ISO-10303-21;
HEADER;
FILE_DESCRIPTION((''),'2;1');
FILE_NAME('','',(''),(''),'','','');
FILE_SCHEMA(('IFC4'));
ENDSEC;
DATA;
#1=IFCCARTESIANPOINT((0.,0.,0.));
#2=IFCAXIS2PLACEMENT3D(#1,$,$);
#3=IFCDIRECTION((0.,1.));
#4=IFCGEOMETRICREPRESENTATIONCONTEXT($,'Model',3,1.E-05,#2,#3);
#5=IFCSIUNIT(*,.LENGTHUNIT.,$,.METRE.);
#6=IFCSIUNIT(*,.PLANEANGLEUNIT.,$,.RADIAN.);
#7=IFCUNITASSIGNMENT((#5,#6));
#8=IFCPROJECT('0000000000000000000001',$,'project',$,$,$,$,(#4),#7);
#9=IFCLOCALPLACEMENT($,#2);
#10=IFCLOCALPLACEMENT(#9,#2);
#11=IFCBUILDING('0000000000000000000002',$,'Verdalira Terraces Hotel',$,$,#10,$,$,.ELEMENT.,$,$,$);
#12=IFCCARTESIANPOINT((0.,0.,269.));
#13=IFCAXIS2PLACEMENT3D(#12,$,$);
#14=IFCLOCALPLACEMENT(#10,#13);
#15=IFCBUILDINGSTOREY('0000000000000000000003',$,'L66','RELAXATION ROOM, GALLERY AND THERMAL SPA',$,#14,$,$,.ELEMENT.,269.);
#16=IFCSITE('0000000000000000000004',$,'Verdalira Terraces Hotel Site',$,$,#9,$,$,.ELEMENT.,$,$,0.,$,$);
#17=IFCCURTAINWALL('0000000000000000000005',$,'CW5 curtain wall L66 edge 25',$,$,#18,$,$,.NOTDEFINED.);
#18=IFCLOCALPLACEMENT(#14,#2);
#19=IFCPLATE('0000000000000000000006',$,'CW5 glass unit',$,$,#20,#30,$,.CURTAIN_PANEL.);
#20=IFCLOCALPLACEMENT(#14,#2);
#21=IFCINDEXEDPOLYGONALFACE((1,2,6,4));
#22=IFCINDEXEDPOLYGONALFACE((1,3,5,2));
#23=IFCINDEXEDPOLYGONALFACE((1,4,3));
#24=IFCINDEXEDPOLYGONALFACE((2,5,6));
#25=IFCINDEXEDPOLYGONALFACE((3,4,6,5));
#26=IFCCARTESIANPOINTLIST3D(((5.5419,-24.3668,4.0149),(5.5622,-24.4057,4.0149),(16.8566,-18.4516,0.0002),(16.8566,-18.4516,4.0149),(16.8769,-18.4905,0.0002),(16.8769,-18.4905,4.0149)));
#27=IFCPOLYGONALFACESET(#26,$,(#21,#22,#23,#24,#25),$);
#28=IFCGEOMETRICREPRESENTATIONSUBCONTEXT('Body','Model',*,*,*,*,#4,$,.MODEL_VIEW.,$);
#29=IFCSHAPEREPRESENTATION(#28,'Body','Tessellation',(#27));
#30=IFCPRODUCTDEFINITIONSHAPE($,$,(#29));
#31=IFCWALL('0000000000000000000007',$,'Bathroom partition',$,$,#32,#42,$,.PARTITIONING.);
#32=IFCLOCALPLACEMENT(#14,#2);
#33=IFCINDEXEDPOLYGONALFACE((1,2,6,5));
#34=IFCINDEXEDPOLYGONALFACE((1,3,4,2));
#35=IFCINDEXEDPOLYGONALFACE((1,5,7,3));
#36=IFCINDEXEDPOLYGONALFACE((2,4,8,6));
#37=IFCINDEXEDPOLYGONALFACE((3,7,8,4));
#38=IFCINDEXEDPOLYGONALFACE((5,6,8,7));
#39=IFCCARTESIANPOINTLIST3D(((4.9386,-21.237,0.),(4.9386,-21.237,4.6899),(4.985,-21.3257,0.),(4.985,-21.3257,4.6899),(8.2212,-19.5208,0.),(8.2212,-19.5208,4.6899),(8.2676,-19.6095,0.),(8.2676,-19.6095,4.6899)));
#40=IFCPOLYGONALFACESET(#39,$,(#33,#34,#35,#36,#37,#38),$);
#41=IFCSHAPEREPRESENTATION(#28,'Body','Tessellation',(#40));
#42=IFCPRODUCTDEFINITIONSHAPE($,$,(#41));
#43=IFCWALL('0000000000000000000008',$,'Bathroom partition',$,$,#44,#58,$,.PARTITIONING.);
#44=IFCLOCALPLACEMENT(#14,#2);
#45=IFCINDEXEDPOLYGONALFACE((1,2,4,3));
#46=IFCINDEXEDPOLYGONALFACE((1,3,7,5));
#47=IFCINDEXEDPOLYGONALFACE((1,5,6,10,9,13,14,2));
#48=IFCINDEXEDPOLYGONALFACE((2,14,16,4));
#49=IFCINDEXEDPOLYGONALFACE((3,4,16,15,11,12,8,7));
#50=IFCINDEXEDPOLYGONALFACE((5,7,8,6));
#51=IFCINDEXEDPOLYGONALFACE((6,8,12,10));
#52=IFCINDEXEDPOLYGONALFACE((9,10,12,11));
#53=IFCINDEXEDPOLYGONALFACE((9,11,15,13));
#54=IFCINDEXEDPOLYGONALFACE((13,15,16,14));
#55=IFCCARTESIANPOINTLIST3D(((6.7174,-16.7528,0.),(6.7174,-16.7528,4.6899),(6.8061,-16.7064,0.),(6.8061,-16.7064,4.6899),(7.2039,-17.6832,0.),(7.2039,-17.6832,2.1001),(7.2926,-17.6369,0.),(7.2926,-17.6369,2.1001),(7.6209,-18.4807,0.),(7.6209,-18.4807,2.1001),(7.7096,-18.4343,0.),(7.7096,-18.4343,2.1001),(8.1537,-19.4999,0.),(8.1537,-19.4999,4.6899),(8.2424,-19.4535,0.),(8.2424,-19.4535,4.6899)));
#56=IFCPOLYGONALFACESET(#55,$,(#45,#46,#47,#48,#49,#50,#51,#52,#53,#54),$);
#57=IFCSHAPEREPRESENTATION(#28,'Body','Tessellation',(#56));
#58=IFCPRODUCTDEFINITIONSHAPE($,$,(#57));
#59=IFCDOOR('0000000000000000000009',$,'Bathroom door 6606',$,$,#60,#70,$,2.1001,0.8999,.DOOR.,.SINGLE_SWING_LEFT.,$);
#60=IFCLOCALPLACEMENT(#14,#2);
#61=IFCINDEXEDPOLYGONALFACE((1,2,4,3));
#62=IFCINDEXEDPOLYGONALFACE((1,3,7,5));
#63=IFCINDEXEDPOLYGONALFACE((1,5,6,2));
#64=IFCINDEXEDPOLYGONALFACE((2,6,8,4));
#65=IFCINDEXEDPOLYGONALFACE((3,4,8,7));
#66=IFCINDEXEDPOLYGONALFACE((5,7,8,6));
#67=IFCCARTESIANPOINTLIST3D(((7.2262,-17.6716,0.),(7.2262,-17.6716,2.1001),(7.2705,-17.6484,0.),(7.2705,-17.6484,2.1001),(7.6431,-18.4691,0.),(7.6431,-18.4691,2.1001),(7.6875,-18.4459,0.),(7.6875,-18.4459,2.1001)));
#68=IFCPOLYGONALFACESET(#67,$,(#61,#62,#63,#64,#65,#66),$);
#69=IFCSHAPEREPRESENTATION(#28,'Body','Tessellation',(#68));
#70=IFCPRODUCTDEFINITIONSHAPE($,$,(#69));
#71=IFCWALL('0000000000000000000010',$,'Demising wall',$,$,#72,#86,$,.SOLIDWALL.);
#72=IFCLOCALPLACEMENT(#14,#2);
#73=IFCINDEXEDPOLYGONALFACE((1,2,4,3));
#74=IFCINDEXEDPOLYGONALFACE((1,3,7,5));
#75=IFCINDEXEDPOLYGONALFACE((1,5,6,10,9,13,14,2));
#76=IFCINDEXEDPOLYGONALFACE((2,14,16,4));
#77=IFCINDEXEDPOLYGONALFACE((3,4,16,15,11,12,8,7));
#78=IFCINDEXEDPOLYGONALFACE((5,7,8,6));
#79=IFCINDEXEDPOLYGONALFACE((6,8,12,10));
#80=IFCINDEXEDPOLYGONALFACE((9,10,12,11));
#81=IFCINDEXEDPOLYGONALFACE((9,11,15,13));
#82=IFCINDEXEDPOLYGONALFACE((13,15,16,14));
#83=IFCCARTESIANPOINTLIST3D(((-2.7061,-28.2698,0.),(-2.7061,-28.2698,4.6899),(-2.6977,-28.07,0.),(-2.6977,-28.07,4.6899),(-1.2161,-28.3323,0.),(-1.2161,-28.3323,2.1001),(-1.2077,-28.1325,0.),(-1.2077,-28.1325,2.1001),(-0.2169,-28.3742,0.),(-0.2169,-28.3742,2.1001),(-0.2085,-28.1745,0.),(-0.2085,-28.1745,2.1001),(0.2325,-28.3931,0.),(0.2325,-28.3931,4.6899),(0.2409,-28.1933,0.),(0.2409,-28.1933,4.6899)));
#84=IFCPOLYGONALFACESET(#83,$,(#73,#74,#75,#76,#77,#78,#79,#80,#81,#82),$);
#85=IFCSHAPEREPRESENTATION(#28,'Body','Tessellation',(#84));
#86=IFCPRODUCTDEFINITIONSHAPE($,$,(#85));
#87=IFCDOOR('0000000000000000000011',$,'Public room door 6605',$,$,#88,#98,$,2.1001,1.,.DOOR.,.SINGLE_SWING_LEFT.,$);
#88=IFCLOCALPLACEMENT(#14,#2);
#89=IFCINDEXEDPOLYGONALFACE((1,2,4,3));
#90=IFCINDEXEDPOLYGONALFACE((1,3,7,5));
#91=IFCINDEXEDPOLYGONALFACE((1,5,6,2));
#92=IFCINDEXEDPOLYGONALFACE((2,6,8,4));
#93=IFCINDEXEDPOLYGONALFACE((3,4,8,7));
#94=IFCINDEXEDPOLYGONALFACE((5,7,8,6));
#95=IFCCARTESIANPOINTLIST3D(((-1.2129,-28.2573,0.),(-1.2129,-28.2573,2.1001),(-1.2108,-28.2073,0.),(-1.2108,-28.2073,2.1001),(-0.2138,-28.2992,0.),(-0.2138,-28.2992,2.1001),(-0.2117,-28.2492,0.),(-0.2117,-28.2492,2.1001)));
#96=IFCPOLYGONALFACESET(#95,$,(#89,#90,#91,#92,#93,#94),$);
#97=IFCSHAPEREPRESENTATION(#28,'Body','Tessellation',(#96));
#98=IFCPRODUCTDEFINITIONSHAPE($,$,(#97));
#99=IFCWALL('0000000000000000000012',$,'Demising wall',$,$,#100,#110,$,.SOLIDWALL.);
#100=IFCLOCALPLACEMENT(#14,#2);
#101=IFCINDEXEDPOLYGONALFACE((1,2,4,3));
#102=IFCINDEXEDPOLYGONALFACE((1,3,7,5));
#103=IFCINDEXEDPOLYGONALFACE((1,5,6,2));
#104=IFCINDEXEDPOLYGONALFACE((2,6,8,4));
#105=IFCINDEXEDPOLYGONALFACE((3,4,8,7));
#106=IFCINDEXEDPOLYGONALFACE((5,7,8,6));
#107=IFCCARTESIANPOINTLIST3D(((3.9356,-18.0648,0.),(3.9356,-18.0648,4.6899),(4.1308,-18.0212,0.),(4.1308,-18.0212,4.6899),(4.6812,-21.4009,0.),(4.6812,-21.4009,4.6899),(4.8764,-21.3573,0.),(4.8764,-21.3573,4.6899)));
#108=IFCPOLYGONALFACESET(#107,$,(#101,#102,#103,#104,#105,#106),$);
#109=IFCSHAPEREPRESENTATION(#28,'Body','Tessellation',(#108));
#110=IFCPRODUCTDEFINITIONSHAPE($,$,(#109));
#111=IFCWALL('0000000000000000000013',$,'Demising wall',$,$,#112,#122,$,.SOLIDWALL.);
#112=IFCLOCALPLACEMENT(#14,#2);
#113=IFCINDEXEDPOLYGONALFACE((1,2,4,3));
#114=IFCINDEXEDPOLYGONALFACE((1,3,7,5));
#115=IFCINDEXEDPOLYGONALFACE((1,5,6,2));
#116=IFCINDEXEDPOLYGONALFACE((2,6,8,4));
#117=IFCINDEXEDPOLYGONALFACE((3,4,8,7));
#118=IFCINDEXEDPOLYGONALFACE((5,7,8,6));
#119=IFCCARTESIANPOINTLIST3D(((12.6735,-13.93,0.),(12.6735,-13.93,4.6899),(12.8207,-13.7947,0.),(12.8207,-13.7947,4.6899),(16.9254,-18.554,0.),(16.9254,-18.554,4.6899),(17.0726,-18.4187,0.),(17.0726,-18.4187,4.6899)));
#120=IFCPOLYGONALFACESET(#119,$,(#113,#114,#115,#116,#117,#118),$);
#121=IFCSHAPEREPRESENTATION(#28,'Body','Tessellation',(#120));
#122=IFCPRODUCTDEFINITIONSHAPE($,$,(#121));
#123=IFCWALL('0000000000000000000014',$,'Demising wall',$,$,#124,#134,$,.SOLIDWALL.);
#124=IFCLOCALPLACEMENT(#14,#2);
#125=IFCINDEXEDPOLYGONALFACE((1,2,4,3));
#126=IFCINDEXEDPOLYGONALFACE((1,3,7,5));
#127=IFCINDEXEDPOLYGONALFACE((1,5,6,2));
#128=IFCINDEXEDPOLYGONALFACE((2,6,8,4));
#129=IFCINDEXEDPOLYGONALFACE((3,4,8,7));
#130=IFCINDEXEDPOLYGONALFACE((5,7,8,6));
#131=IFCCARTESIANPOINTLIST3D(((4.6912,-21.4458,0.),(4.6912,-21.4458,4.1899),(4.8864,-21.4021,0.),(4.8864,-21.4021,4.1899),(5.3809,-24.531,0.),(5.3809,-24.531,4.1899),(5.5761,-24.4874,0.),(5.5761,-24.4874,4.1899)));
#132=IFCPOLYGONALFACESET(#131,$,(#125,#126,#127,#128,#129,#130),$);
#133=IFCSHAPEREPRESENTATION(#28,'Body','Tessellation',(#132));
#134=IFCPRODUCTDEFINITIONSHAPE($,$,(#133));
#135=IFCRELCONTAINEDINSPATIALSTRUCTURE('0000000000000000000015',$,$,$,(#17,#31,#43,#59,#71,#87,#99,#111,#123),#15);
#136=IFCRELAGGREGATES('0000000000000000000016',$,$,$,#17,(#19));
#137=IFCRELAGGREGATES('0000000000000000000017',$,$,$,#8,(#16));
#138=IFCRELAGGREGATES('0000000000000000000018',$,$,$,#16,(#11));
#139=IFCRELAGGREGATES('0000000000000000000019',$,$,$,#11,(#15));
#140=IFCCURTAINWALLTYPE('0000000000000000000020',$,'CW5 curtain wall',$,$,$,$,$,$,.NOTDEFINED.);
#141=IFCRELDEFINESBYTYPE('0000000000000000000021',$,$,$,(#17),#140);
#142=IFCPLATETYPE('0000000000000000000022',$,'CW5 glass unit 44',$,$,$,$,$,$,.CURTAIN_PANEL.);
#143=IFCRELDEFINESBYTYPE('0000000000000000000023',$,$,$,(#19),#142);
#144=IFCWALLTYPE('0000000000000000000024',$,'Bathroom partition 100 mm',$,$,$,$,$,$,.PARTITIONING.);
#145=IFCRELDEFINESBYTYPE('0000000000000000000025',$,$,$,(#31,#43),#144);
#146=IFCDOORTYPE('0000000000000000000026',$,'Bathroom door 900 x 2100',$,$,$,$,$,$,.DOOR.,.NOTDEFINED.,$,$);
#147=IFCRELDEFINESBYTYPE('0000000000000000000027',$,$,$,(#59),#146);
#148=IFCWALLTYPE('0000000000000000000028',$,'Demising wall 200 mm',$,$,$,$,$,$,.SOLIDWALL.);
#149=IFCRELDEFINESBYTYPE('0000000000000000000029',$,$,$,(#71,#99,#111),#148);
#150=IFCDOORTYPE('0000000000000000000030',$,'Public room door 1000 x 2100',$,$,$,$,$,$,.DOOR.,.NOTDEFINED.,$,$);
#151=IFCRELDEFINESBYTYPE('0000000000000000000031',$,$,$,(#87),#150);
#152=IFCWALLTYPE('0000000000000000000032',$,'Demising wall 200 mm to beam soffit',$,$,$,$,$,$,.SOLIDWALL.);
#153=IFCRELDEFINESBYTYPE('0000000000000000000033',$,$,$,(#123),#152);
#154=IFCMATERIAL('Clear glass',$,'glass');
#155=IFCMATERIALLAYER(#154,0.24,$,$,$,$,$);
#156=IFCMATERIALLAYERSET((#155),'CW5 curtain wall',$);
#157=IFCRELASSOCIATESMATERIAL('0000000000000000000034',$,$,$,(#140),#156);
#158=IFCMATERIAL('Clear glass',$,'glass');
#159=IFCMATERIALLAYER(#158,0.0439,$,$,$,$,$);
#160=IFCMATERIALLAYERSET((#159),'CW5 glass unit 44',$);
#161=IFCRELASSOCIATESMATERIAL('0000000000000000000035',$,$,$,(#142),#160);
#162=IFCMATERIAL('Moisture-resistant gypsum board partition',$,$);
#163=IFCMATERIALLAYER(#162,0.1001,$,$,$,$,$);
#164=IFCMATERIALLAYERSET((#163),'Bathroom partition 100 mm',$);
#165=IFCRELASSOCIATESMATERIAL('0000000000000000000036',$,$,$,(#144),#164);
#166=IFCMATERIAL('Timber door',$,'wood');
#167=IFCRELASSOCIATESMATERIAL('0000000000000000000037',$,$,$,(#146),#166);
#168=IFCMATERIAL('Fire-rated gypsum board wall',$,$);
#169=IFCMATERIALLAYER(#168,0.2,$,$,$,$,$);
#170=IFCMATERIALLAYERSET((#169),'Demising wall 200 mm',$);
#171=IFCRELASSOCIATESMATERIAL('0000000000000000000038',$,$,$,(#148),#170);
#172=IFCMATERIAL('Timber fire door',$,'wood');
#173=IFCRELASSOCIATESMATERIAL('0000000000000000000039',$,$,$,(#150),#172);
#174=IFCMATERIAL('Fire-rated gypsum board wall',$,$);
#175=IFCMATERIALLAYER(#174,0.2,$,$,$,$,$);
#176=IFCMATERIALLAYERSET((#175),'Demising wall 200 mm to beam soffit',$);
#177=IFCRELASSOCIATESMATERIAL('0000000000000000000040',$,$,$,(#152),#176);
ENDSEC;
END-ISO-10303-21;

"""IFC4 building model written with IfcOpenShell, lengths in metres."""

from ifc_helpers import new_model, si_unit, direction, frame, frame_2d, origin, place, context, subcontext, project, spatial, polyline, rectangle, outline, extrude, material, layer, layer_set, type_object, element, fill, aggregate, save


model = new_model("IFC4")

# Units and contexts
model_context = context("Model", 3, precision=1e-05, world=origin(), true_north=direction((0.0, 1.0)))
body_context = subcontext(model_context, "Body", "Model", "MODEL_VIEW")
ifc_project = project(units=[si_unit("LENGTHUNIT", "METRE"), si_unit("PLANEANGLEUNIT", "RADIAN")], contexts=[model_context])

# Site, building, storey
site_placement = place(None, origin())
site = spatial("IfcSite", under=ifc_project, at=site_placement, Name="Verdalira Terraces Hotel Site", CompositionType="ELEMENT", RefElevation=0.0)
building_placement = place(site_placement, origin())
building = spatial("IfcBuilding", under=site, at=building_placement, Name="Verdalira Terraces Hotel", CompositionType="ELEMENT")
storey_placement = place(building_placement, frame((0.0, 0.0, 269.0)))
storey = spatial("IfcBuildingStorey", under=building, at=storey_placement, Name="L66", Description="RELAXATION ROOM, GALLERY AND THERMAL SPA", CompositionType="ELEMENT", Elevation=269.0)

# Shared definitions
ifc_material_1 = material(Name="Clear glass", Category="glass")
ifc_layer_1 = layer(ifc_material_1, 0.24)
ifc_layer_set_1 = layer_set([ifc_layer_1], Name="CW5 curtain wall")
curtain_wall_type = type_object("IfcCurtainWallType", Name="CW5 curtain wall", PredefinedType="NOTDEFINED", material=ifc_layer_set_1)

# Curtain wall
curtain_wall_1_placement = place(storey_placement, origin())
curtain_wall_1 = element("IfcCurtainWall", 1, at=curtain_wall_1_placement, inside=storey, type_object=curtain_wall_type, Name="CW5 curtain wall L66 edge 25", PredefinedType="NOTDEFINED")

# Plate
ifc_material_2 = material(Name="Clear glass", Category="glass")
ifc_layer_2 = layer(ifc_material_2, 0.0439)
ifc_layer_set_2 = layer_set([ifc_layer_2], Name="CW5 glass unit 44")
plate_type = type_object("IfcPlateType", Name="CW5 glass unit 44", PredefinedType="CURTAIN_PANEL", material=ifc_layer_set_2)
plate_1_placement = place(storey_placement, frame((11.1992, -21.4092, 2.0076), z_axis=(0.463296, -0.886204, 0.0), x_axis=(0.886204, 0.463296, 0.0)))
plate_1 = element("IfcPlate", 2, at=plate_1_placement, type_object=plate_type, Name="CW5 glass unit", PredefinedType="CURTAIN_PANEL", context=body_context, shape_type="SweptSolid", body=[
    extrude(outline(polyline([(6.3838, -2.0073), (6.3838, 2.0073), (-6.3838, 2.0073), (6.3838, -2.0073)])), origin(), (0.0, 0.0, 1.0), 0.0439),
])
aggregate(curtain_wall_1, [plate_1])

# Wall
ifc_material_3 = material(Name="Moisture-resistant gypsum board partition")
ifc_layer_3 = layer(ifc_material_3, 0.1001)
ifc_layer_set_3 = layer_set([ifc_layer_3], Name="Bathroom partition 100 mm")
wall_type_1 = type_object("IfcWallType", Name="Bathroom partition 100 mm", PredefinedType="PARTITIONING", material=ifc_layer_set_3)
wall_1_placement = place(storey_placement, frame((8.2444, -19.5652, 0.0), z_axis=(0.0, 0.0, 1.0), x_axis=(-0.8862, -0.463302, 0.0)))
element("IfcWall", 3, at=wall_1_placement, inside=storey, type_object=wall_type_1, Name="Bathroom partition", PredefinedType="PARTITIONING", context=body_context, shape_type="SweptSolid", body=[
    extrude(rectangle(XDim=3.7041, YDim=0.1001, at=frame_2d((1.8521, 0.0))), origin(), (0.0, 0.0, 1.0), 4.6899),
])

# Walls, openings, doors
wall_2_placement = place(storey_placement, frame((8.198, -19.4766, 0.0), z_axis=(0.0, 0.0, 1.0), x_axis=(-0.463333, 0.886184, 0.0)))
wall_2 = element("IfcWall", 4, at=wall_2_placement, inside=storey, type_object=wall_type_1, Name="Bathroom partition", PredefinedType="PARTITIONING", context=body_context, shape_type="SweptSolid", body=[
    extrude(rectangle(XDim=3.0999, YDim=0.1001, at=frame_2d((1.5498, 0.0))), origin(), (0.0, 0.0, 1.0), 4.6899),
])
opening_1_placement = place(wall_2_placement, frame((1.1499, 0.0, 0.0)))
opening_1 = element("IfcOpeningElement", 5, at=opening_1_placement, cuts=wall_2, PredefinedType="OPENING", context=body_context, shape_type="SweptSolid", body=[
    extrude(rectangle(XDim=0.8999, YDim=2.1001, at=frame_2d((0.45, 1.05))), frame((0.0, 0.0601, 0.0), z_axis=(0.0, -1.0, 0.0), x_axis=(1.0, 0.0, 0.0)), (0.0, 0.0, 1.0), 0.1201),
])
ifc_material_4 = material(Name="Timber door", Category="wood")
door_type_1 = type_object("IfcDoorType", Name="Bathroom door 900 x 2100", OperationType="NOTDEFINED", PredefinedType="DOOR", material=ifc_material_4)
door_1_placement = place(opening_1_placement, origin())
door_1 = element("IfcDoor", 6, at=door_1_placement, inside=storey, type_object=door_type_1, Name="Bathroom door 6606", OperationType="SINGLE_SWING_LEFT", OverallHeight=2.1001, OverallWidth=0.8999, PredefinedType="DOOR", context=body_context, shape_type="SweptSolid", body=[
    extrude(rectangle(XDim=0.8999, YDim=2.1001, at=frame_2d((0.45, 1.05))), frame((0.0, 0.0249, 0.0), z_axis=(0.0, -1.0, 0.0), x_axis=(1.0, 0.0, 0.0)), (0.0, 0.0, 1.0), 0.05),
])
fill(opening_1, door_1)
ifc_material_5 = material(Name="Fire-rated gypsum board wall")
ifc_layer_4 = layer(ifc_material_5, 0.2)
ifc_layer_set_4 = layer_set([ifc_layer_4], Name="Demising wall 200 mm")
wall_type_2 = type_object("IfcWallType", Name="Demising wall 200 mm", PredefinedType="SOLIDWALL", material=ifc_layer_set_4)
wall_3_placement = place(storey_placement, frame((0.2368, -28.2932, 0.0), z_axis=(0.0, 0.0, 1.0), x_axis=(-0.999121, 0.041921, 0.0)))
wall_3 = element("IfcWall", 7, at=wall_3_placement, inside=storey, type_object=wall_type_2, Name="Demising wall", PredefinedType="SOLIDWALL", context=body_context, shape_type="SweptSolid", body=[
    extrude(rectangle(XDim=2.9412, YDim=0.2, at=frame_2d((1.4707, 0.0))), origin(), (0.0, 0.0, 1.0), 4.6899),
])
opening_2_placement = place(wall_3_placement, frame((0.45, 0.0, 0.0)))
opening_2 = element("IfcOpeningElement", 8, at=opening_2_placement, cuts=wall_3, PredefinedType="OPENING", context=body_context, shape_type="SweptSolid", body=[
    extrude(rectangle(XDim=1.0, YDim=2.1001, at=frame_2d((0.5, 1.05))), frame((0.0, 0.1099, 0.0), z_axis=(0.0, -1.0, 0.0), x_axis=(1.0, 0.0, 0.0)), (0.0, 0.0, 1.0), 0.22),
])
ifc_material_6 = material(Name="Timber fire door", Category="wood")
door_type_2 = type_object("IfcDoorType", Name="Public room door 1000 x 2100", OperationType="NOTDEFINED", PredefinedType="DOOR", material=ifc_material_6)
door_2_placement = place(opening_2_placement, origin())
door_2 = element("IfcDoor", 9, at=door_2_placement, inside=storey, type_object=door_type_2, Name="Public room door 6605", OperationType="SINGLE_SWING_LEFT", OverallHeight=2.1001, OverallWidth=1.0, PredefinedType="DOOR", context=body_context, shape_type="SweptSolid", body=[
    extrude(rectangle(XDim=1.0, YDim=2.1001, at=frame_2d((0.5, 1.05))), frame((0.0, 0.0249, 0.0), z_axis=(0.0, -1.0, 0.0), x_axis=(1.0, 0.0, 0.0)), (0.0, 0.0, 1.0), 0.05),
])
fill(opening_2, door_2)

# Walls
wall_4_placement = place(storey_placement, frame((4.0332, -18.043, 0.0), z_axis=(0.0, 0.0, 1.0), x_axis=(0.21811, -0.975924, 0.0)))
element("IfcWall", 10, at=wall_4_placement, inside=storey, type_object=wall_type_2, Name="Demising wall", PredefinedType="SOLIDWALL", context=body_context, shape_type="SweptSolid", body=[
    extrude(rectangle(XDim=3.4185, YDim=0.2, at=frame_2d((1.7092, 0.0))), origin(), (0.0, 0.0, 1.0), 4.6899),
])
wall_5_placement = place(storey_placement, frame((16.999, -18.4863, 0.0), z_axis=(0.0, 0.0, 1.0), x_axis=(-0.676871, 0.736101, 0.0)))
element("IfcWall", 11, at=wall_5_placement, inside=storey, type_object=wall_type_2, Name="Demising wall", PredefinedType="SOLIDWALL", context=body_context, shape_type="SweptSolid", body=[
    extrude(rectangle(XDim=6.2817, YDim=0.2, at=frame_2d((3.1409, 0.0))), origin(), (0.0, 0.0, 1.0), 4.6899),
])
ifc_material_7 = material(Name="Fire-rated gypsum board wall")
ifc_layer_5 = layer(ifc_material_7, 0.2)
ifc_layer_set_5 = layer_set([ifc_layer_5], Name="Demising wall 200 mm to beam soffit")
wall_type_3 = type_object("IfcWallType", Name="Demising wall 200 mm to beam soffit", PredefinedType="SOLIDWALL", material=ifc_layer_set_5)
wall_6_placement = place(storey_placement, frame((4.7888, -21.4241, 0.0), z_axis=(0.0, 0.0, 1.0), x_axis=(0.218165, -0.975912, 0.0)))
element("IfcWall", 12, at=wall_6_placement, inside=storey, type_object=wall_type_3, Name="Demising wall", PredefinedType="SOLIDWALL", context=body_context, shape_type="SweptSolid", body=[
    extrude(rectangle(XDim=3.1614, YDim=0.2, at=frame_2d((1.5806, 0.0))), origin(), (0.0, 0.0, 1.0), 4.1899),
])

save(model, "model.ifc")
